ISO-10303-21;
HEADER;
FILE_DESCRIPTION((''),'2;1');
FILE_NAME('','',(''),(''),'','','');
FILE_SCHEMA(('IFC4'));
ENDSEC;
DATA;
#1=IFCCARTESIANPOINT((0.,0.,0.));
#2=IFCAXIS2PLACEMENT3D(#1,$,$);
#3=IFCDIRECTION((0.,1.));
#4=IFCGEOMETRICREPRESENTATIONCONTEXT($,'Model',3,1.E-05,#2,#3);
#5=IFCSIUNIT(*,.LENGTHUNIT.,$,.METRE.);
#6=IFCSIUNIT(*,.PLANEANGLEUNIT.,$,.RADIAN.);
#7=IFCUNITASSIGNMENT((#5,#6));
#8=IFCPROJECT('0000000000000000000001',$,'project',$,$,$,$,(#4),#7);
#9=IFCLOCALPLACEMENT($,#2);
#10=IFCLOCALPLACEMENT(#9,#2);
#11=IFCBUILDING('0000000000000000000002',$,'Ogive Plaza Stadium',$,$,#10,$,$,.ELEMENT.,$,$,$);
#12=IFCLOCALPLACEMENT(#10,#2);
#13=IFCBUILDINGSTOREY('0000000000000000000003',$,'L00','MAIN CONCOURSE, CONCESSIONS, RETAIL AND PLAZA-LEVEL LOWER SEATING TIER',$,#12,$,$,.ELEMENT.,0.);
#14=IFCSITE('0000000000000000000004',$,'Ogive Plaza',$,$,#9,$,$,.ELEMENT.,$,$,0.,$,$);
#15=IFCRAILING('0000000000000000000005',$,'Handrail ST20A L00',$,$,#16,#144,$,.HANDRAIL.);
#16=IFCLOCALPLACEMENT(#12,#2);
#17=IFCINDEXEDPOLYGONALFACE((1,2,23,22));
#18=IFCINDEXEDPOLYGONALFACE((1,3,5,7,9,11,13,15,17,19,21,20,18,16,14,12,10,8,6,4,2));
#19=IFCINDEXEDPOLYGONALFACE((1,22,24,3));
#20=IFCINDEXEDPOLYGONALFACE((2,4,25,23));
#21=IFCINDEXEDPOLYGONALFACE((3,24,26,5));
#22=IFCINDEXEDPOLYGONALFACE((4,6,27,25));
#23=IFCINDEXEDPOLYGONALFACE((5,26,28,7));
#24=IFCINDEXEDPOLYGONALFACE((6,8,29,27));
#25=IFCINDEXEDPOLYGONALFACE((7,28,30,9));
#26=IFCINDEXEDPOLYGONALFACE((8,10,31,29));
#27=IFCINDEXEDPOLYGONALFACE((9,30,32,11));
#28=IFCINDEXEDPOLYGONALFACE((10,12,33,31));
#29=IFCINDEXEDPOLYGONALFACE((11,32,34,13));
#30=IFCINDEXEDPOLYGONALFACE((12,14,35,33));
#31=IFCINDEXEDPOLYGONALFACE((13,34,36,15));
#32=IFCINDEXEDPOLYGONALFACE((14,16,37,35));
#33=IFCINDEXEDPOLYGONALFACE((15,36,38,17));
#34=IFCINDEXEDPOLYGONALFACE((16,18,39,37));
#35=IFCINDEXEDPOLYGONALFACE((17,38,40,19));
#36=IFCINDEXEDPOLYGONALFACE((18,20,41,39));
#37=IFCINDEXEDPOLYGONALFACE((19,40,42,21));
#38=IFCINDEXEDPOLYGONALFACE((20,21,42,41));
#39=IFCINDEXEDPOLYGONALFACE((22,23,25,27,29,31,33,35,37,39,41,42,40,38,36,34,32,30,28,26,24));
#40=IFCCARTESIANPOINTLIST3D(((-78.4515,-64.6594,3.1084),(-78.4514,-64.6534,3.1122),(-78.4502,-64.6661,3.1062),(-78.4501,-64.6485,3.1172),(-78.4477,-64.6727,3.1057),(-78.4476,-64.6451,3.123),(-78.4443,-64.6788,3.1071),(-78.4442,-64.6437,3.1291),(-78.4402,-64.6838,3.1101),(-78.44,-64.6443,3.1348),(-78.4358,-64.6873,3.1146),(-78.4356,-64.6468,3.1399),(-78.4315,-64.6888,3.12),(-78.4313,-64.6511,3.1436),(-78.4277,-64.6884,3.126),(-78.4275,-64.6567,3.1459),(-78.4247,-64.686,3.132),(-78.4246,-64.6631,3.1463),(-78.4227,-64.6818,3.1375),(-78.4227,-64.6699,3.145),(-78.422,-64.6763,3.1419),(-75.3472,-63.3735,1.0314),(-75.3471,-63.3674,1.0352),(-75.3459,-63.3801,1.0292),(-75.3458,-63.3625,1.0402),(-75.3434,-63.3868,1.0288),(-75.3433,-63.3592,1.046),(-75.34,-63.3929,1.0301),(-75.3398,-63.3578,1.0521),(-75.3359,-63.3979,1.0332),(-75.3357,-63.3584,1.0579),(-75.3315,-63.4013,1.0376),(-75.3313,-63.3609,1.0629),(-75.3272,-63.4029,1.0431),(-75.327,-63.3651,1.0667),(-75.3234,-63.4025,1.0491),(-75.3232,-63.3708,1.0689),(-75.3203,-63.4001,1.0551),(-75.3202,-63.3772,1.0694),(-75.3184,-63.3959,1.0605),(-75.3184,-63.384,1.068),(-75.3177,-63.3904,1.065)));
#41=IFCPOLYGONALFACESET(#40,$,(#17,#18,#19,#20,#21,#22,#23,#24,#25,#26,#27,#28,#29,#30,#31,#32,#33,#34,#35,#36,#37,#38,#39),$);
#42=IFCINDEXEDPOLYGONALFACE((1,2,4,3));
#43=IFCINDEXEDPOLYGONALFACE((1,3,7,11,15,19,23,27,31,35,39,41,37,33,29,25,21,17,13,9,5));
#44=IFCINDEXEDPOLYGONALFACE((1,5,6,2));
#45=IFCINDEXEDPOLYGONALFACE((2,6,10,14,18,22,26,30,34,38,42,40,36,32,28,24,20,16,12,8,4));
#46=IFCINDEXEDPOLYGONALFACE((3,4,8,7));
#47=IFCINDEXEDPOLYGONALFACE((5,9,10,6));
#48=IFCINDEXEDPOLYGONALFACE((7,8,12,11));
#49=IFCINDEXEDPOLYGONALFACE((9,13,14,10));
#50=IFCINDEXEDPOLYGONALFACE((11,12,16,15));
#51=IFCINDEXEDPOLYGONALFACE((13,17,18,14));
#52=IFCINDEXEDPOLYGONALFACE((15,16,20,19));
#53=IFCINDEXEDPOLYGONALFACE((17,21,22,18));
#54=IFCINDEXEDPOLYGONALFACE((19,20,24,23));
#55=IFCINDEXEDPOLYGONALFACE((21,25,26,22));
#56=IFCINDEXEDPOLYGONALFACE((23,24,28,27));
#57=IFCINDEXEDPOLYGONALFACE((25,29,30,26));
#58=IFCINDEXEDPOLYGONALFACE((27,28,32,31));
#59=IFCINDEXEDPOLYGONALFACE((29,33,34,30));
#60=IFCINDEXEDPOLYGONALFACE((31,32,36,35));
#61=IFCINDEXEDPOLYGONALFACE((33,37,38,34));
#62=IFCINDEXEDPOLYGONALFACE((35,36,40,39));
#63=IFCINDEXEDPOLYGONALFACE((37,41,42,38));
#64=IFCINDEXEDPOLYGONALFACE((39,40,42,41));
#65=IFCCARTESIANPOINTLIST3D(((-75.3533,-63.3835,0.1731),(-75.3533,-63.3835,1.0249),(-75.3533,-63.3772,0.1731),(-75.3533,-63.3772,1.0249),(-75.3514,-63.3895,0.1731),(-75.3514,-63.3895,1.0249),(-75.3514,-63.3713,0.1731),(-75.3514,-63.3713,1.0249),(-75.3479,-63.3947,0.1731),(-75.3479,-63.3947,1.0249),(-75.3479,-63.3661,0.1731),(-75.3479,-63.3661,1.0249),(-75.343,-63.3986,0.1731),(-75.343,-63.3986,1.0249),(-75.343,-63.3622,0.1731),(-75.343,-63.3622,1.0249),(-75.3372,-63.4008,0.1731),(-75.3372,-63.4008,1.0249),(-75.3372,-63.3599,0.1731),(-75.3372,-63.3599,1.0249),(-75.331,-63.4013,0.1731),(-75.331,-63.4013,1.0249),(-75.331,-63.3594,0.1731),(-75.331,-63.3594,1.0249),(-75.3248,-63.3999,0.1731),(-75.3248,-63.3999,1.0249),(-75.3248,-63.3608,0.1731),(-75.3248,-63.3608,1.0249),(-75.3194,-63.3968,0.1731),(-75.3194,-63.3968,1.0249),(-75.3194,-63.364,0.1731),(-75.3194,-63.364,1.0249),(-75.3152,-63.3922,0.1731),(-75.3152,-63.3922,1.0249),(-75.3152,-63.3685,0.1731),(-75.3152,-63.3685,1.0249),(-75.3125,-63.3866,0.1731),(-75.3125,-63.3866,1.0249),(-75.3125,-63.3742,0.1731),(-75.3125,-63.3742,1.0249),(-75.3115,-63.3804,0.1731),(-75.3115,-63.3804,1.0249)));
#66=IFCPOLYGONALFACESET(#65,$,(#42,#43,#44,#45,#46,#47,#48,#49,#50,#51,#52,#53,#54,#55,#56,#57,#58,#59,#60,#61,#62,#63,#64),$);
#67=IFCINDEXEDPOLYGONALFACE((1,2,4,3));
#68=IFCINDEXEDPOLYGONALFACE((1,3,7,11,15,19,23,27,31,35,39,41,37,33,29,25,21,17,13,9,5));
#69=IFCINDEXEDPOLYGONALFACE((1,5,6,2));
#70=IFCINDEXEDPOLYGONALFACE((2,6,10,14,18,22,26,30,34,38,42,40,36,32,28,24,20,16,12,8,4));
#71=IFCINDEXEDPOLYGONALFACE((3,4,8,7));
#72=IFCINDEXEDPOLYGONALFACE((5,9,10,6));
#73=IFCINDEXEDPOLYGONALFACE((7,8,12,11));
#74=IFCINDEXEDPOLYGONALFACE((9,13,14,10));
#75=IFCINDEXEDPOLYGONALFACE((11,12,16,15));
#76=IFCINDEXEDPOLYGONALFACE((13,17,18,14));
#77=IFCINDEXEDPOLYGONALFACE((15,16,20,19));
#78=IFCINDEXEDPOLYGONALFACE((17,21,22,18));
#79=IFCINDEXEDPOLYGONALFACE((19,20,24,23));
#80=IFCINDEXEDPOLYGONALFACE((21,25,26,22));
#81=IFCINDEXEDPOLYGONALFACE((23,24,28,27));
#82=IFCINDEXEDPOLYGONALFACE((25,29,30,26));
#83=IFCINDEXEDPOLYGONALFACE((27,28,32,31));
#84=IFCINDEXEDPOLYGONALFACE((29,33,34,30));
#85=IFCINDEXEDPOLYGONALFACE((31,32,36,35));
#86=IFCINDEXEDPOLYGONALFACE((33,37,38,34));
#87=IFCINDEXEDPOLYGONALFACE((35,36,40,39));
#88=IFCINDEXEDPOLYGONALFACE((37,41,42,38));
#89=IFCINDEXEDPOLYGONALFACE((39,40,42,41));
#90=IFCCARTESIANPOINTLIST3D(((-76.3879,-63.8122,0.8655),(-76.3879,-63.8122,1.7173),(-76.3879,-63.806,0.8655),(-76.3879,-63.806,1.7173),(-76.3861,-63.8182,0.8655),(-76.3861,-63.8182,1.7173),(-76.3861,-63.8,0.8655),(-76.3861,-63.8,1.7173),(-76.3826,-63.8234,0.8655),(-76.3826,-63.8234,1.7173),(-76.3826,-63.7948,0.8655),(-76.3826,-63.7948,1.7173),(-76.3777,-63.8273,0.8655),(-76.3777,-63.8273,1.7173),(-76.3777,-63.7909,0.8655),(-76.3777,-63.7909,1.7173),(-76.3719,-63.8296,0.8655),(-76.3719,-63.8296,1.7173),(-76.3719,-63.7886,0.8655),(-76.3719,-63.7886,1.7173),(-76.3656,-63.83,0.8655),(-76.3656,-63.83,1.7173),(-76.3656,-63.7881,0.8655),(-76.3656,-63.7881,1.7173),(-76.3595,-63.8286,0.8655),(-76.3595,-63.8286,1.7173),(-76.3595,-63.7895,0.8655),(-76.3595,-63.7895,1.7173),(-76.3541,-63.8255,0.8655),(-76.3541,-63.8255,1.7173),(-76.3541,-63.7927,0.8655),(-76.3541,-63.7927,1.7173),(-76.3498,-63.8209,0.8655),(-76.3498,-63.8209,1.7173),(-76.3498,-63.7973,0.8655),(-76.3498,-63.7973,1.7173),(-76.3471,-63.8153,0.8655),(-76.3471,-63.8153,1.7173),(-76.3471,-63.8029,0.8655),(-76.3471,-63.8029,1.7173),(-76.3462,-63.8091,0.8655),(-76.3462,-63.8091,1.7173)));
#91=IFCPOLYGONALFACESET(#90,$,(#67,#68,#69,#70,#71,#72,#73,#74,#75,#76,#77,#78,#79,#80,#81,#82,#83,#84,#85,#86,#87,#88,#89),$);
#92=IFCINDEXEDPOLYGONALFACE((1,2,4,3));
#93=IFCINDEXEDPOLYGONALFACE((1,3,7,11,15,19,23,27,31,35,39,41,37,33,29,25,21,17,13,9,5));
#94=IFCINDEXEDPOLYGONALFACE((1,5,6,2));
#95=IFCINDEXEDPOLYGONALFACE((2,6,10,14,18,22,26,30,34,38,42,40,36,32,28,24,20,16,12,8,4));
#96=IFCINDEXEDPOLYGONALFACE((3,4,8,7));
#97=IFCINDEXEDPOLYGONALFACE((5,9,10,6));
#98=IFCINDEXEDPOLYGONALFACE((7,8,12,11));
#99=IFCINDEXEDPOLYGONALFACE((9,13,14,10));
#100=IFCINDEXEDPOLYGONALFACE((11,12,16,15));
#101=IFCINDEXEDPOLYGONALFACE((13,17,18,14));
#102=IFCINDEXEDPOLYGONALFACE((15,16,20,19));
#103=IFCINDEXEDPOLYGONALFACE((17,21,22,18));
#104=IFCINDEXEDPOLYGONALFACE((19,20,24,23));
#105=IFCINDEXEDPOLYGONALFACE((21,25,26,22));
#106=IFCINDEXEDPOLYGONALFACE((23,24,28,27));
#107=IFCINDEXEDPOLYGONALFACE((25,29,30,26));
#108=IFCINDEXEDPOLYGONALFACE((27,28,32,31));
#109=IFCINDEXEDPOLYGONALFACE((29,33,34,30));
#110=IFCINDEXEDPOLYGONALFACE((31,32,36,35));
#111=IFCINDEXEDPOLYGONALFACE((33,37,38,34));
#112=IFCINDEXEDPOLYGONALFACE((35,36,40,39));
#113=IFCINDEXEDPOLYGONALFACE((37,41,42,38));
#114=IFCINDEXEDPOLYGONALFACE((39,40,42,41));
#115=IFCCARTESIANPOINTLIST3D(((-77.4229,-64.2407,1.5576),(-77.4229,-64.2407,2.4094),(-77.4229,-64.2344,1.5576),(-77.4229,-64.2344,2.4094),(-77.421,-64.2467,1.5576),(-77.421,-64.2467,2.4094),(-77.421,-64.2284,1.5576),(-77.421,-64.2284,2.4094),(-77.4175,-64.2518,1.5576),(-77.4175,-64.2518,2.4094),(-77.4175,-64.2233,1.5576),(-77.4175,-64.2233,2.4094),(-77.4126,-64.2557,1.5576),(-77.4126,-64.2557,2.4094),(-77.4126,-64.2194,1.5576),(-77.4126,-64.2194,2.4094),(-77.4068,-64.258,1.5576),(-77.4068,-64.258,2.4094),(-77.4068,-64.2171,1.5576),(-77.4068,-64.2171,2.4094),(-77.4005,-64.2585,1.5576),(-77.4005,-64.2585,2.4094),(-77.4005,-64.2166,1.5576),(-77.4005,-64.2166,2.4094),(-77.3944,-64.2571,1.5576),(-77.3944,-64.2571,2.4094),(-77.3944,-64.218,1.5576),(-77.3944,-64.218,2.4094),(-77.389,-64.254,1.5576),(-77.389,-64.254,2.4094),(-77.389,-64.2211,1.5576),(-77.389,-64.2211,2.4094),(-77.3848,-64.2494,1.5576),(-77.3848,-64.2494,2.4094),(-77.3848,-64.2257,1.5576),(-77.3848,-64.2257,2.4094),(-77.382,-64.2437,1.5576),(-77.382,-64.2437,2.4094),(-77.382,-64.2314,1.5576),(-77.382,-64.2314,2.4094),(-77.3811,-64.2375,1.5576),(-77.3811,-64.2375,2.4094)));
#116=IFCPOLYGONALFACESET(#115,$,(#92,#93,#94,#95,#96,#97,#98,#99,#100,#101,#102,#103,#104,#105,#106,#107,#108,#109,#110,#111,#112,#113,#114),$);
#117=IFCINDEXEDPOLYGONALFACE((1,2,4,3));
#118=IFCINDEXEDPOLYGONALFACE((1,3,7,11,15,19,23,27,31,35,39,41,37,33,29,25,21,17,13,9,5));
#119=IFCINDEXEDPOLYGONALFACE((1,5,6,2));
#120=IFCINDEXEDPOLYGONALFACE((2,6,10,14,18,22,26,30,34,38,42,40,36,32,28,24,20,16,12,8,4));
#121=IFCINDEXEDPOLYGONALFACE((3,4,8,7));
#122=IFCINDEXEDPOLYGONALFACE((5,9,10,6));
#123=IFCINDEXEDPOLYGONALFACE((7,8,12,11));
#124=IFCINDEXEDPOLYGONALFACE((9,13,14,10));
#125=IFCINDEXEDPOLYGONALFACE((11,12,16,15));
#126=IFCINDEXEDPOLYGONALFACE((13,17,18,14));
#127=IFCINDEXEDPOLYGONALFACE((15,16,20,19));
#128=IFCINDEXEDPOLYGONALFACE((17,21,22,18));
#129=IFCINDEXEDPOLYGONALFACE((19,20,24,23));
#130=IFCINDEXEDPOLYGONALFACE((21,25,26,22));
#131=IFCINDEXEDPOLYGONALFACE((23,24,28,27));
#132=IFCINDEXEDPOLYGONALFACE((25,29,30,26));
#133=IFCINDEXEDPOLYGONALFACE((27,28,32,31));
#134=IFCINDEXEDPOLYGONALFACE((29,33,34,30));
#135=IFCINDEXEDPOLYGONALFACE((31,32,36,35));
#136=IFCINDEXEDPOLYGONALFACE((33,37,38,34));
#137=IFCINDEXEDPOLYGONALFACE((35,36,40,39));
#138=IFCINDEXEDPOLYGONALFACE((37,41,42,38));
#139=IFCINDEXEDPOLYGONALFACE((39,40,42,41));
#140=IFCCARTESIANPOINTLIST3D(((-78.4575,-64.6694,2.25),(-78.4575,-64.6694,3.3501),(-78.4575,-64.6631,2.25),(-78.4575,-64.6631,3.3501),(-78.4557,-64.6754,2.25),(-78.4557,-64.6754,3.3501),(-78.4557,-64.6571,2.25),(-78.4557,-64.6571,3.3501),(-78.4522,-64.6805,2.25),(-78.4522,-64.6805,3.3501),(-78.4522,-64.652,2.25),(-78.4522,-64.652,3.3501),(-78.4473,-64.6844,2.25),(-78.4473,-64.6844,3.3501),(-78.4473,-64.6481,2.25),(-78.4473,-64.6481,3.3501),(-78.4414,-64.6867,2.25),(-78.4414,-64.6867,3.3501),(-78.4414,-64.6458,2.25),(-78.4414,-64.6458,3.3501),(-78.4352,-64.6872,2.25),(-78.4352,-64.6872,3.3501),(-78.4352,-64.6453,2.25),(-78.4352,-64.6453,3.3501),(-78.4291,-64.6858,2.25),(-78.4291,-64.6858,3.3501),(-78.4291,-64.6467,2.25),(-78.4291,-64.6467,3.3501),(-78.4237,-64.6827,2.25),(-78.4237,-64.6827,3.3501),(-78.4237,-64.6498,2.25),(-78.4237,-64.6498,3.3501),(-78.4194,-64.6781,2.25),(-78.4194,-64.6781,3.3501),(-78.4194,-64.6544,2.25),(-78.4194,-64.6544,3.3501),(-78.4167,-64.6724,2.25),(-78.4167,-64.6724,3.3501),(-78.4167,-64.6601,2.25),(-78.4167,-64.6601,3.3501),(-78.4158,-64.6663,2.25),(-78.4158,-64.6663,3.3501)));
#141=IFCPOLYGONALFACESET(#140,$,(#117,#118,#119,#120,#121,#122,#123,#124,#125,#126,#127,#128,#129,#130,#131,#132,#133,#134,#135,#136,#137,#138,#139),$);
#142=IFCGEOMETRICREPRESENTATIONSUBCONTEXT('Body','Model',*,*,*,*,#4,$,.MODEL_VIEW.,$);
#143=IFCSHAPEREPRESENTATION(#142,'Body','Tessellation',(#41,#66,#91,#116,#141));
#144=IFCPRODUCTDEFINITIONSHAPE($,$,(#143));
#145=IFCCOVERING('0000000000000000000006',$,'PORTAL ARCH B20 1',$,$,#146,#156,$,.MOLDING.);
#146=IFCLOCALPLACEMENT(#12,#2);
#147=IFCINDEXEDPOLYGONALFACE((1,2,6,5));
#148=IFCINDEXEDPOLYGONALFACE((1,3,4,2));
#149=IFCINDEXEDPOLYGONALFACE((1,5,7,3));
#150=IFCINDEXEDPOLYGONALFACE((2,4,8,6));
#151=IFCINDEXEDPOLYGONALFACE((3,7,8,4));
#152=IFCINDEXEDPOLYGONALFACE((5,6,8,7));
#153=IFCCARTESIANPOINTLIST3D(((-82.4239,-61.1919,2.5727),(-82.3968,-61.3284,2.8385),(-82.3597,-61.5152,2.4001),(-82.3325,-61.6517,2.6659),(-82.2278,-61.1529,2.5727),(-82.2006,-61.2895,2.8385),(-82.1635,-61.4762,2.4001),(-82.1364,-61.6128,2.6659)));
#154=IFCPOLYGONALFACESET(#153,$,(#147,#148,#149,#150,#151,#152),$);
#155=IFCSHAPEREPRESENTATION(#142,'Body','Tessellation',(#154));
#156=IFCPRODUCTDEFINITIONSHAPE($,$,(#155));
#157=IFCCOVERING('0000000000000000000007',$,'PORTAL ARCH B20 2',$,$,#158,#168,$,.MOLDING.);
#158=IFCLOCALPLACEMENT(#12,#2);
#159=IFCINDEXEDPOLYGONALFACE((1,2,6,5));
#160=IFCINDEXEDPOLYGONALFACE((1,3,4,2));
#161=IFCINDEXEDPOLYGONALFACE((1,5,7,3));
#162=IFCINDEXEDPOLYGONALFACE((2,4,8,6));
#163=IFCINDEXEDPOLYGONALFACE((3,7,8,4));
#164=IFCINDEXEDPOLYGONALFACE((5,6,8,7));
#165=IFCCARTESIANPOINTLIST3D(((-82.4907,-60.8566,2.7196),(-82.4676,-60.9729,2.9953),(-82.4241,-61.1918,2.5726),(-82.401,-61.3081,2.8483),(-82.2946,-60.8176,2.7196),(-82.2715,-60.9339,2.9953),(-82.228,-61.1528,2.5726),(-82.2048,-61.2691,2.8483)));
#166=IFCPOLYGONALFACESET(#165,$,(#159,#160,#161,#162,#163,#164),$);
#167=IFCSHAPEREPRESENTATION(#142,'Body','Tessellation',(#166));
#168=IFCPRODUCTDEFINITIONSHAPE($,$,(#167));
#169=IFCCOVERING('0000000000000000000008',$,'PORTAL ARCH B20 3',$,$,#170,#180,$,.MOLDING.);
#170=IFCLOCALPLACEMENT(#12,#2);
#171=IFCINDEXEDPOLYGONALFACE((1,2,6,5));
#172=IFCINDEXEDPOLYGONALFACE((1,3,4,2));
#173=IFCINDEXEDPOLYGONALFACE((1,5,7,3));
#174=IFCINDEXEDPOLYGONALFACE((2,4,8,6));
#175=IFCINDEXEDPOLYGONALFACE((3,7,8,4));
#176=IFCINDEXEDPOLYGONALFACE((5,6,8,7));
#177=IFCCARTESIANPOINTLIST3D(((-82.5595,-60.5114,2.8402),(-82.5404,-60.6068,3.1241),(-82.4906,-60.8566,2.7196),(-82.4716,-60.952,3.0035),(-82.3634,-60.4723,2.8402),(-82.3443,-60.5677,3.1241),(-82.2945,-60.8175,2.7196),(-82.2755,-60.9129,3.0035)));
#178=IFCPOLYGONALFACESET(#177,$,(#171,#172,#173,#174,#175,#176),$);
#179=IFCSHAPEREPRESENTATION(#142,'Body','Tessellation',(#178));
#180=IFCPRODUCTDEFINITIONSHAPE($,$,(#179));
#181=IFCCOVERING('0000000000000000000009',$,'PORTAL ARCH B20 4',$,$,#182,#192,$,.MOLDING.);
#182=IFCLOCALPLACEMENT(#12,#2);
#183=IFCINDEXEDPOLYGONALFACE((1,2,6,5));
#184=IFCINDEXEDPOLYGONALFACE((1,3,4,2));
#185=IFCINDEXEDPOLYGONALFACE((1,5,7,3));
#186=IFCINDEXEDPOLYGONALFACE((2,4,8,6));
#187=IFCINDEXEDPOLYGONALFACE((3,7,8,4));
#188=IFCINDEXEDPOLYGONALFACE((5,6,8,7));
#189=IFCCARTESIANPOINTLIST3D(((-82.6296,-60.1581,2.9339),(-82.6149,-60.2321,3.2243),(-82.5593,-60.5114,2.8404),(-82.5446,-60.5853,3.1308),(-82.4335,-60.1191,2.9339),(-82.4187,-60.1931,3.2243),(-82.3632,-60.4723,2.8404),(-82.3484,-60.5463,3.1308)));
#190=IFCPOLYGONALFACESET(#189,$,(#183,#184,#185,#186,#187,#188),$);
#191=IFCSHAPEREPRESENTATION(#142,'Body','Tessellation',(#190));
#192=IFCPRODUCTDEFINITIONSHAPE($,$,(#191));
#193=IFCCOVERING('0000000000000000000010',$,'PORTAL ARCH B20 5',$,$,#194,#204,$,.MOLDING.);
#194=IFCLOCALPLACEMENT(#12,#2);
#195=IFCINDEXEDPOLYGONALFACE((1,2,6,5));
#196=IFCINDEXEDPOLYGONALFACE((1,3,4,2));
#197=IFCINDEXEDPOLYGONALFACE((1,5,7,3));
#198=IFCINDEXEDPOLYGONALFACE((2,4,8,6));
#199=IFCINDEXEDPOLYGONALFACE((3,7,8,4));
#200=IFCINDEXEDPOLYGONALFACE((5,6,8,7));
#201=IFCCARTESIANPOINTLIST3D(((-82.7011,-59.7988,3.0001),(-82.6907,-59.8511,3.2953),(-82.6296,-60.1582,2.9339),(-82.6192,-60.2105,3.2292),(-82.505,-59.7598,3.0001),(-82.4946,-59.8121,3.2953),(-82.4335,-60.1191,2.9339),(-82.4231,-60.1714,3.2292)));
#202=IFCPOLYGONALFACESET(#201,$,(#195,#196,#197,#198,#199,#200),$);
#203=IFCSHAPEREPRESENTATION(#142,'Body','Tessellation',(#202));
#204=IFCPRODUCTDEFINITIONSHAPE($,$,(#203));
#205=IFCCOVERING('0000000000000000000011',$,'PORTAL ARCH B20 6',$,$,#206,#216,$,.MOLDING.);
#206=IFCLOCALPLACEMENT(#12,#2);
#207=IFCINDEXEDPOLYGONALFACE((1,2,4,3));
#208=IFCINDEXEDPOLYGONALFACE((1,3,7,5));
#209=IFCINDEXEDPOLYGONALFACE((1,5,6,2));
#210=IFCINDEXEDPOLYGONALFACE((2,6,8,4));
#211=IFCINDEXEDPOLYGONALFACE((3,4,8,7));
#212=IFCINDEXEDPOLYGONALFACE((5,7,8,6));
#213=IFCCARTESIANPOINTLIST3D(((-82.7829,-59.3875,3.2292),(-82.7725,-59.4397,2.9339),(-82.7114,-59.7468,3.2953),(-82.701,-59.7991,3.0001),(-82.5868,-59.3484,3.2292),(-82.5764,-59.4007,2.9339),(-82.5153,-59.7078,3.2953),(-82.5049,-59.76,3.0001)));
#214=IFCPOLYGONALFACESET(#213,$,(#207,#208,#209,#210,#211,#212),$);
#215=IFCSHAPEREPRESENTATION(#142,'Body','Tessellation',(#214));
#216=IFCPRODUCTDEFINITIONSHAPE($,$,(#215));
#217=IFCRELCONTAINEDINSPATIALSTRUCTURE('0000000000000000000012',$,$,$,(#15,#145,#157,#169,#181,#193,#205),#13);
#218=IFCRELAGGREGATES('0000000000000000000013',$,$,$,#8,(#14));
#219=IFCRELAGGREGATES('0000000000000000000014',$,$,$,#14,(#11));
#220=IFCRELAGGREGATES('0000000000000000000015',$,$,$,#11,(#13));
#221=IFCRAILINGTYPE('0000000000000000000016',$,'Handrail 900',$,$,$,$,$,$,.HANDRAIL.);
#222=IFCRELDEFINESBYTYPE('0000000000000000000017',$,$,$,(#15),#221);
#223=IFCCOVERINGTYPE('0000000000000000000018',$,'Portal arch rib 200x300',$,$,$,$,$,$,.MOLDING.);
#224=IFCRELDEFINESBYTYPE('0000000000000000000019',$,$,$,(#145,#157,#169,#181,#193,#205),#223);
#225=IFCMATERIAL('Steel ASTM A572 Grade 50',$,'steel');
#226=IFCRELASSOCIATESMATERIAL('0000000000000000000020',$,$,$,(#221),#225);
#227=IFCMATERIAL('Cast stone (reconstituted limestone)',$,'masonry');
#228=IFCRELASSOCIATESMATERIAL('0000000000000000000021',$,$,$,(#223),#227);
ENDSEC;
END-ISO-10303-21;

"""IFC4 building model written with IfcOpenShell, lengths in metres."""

from ifc_helpers import new_model, si_unit, direction, frame, origin, origin_2d, place, context, subcontext, project, spatial, rectangle, circle, extrude, material, material_profile, profile_set, type_object, element, save


model = new_model("IFC4")

# Units and contexts
model_context = context("Model", 3, precision=1e-05, world=origin(), true_north=direction((0.0, 1.0)))
body_context = subcontext(model_context, "Body", "Model", "MODEL_VIEW")
ifc_project = project(units=[si_unit("LENGTHUNIT", "METRE"), si_unit("PLANEANGLEUNIT", "RADIAN")], contexts=[model_context])

# Site, building, storey
site_placement = place(None, origin())
site = spatial("IfcSite", under=ifc_project, at=site_placement, Name="Ogive Plaza", CompositionType="ELEMENT", RefElevation=0.0)
building_placement = place(site_placement, origin())
building = spatial("IfcBuilding", under=site, at=building_placement, Name="Ogive Plaza Stadium", CompositionType="ELEMENT")
storey_placement = place(building_placement, origin())
storey = spatial("IfcBuildingStorey", under=building, at=storey_placement, Name="L00", Description="MAIN CONCOURSE, CONCESSIONS, RETAIL AND PLAZA-LEVEL LOWER SEATING TIER", CompositionType="ELEMENT", Elevation=0.0)

# Railing
ifc_material_1 = material(Name="Steel ASTM A572 Grade 50", Category="steel")
railing_type = type_object("IfcRailingType", Name="Handrail 900", PredefinedType="HANDRAIL", material=ifc_material_1)
railing_placement = place(storey_placement, frame((-75.3325, -63.3804, 0.1731)))
element("IfcRailing", 1, at=railing_placement, inside=storey, type_object=railing_type, Name="Handrail ST20A L00", PredefinedType="HANDRAIL", context=body_context, shape_type="SweptSolid", body=[
    extrude(circle(Radius=0.0239, at=origin_2d()), frame((0.0, 0.0, 0.876), z_axis=(-0.785863, -0.325532, 0.525783), x_axis=(0.3827, -0.923872, 0.0)), (0.0, 0.0, 1.0), 3.9502),
    extrude(circle(Radius=0.021, at=origin_2d()), origin(), (0.0, 0.0, 1.0), 0.8518),
    extrude(circle(Radius=0.021, at=origin_2d()), frame((-1.0347, -0.4287, 0.6924)), (0.0, 0.0, 1.0), 0.8518),
    extrude(circle(Radius=0.021, at=origin_2d()), frame((-2.0696, -0.8572, 1.3845)), (0.0, 0.0, 1.0), 0.8518),
    extrude(circle(Radius=0.021, at=origin_2d()), frame((-3.1042, -1.2859, 2.0769)), (0.0, 0.0, 1.0), 1.1001),
])

# Coverings
ifc_material_2 = material(Name="Cast stone (reconstituted limestone)", Category="masonry")
ifc_material_profile_1 = material_profile(ifc_material_2, rectangle(XDim=0.2, YDim=0.3, at=origin_2d()), Name="Cast stone 200x300")
ifc_profile_set_1 = profile_set([ifc_material_profile_1], Name="Cast stone (reconstituted limestone)")
covering_type = type_object("IfcCoveringType", Name="Portal arch rib 200x300", PredefinedType="MOLDING", material=ifc_profile_set_1)
for number, where, z_axis, x_axis, name in (
    (2, (-82.248, -61.564, 2.533), (-0.172594, 0.868875, 0.463969), (-0.980836, -0.194834, 0.0), "PORTAL ARCH B20 1"),
    (3, (-82.3145, -61.2305, 2.7104), (-0.179154, 0.901018, 0.395057), (-0.9808, -0.195017, 0.0), "PORTAL ARCH B20 2"),
    (4, (-82.3831, -60.8848, 2.8616), (-0.185024, 0.927746, 0.32412), (-0.980687, -0.195583, 0.0), "PORTAL ARCH B20 3"),
    (5, (-82.4539, -60.5288, 2.9856), (-0.188941, 0.949298, 0.251265), (-0.980763, -0.195204, 0.0), "PORTAL ARCH B20 4"),
):
    element("IfcCovering", number, at=place(storey_placement, frame(where, z_axis=z_axis, x_axis=x_axis)), inside=storey, type_object=covering_type, Name=name, PredefinedType="MOLDING", context=body_context, shape_type="SweptSolid", body=[
        extrude(rectangle(XDim=0.2, YDim=0.3, at=origin_2d()), origin(), (0.0, 0.0, 1.0), 0.3721),
    ])
for number, where, z_axis, x_axis, name in (
    (6, (-82.5264, -60.1648, 3.0815), (-0.192113, 0.965153, 0.177688), (-0.98076, -0.195219, 0.0), "PORTAL ARCH B20 5"),
    (7, (-82.6082, -59.7534, 3.1477), (-0.192113, 0.965153, -0.177688), (-0.98076, -0.195219, 0.0), "PORTAL ARCH B20 6"),
):
    element("IfcCovering", number, at=place(storey_placement, frame(where, z_axis=z_axis, x_axis=x_axis)), inside=storey, type_object=covering_type, Name=name, PredefinedType="MOLDING", context=body_context, shape_type="SweptSolid", body=[
        extrude(rectangle(XDim=0.2, YDim=0.3, at=origin_2d()), origin(), (0.0, 0.0, 1.0), 0.3723),
    ])

save(model, "model.ifc")
